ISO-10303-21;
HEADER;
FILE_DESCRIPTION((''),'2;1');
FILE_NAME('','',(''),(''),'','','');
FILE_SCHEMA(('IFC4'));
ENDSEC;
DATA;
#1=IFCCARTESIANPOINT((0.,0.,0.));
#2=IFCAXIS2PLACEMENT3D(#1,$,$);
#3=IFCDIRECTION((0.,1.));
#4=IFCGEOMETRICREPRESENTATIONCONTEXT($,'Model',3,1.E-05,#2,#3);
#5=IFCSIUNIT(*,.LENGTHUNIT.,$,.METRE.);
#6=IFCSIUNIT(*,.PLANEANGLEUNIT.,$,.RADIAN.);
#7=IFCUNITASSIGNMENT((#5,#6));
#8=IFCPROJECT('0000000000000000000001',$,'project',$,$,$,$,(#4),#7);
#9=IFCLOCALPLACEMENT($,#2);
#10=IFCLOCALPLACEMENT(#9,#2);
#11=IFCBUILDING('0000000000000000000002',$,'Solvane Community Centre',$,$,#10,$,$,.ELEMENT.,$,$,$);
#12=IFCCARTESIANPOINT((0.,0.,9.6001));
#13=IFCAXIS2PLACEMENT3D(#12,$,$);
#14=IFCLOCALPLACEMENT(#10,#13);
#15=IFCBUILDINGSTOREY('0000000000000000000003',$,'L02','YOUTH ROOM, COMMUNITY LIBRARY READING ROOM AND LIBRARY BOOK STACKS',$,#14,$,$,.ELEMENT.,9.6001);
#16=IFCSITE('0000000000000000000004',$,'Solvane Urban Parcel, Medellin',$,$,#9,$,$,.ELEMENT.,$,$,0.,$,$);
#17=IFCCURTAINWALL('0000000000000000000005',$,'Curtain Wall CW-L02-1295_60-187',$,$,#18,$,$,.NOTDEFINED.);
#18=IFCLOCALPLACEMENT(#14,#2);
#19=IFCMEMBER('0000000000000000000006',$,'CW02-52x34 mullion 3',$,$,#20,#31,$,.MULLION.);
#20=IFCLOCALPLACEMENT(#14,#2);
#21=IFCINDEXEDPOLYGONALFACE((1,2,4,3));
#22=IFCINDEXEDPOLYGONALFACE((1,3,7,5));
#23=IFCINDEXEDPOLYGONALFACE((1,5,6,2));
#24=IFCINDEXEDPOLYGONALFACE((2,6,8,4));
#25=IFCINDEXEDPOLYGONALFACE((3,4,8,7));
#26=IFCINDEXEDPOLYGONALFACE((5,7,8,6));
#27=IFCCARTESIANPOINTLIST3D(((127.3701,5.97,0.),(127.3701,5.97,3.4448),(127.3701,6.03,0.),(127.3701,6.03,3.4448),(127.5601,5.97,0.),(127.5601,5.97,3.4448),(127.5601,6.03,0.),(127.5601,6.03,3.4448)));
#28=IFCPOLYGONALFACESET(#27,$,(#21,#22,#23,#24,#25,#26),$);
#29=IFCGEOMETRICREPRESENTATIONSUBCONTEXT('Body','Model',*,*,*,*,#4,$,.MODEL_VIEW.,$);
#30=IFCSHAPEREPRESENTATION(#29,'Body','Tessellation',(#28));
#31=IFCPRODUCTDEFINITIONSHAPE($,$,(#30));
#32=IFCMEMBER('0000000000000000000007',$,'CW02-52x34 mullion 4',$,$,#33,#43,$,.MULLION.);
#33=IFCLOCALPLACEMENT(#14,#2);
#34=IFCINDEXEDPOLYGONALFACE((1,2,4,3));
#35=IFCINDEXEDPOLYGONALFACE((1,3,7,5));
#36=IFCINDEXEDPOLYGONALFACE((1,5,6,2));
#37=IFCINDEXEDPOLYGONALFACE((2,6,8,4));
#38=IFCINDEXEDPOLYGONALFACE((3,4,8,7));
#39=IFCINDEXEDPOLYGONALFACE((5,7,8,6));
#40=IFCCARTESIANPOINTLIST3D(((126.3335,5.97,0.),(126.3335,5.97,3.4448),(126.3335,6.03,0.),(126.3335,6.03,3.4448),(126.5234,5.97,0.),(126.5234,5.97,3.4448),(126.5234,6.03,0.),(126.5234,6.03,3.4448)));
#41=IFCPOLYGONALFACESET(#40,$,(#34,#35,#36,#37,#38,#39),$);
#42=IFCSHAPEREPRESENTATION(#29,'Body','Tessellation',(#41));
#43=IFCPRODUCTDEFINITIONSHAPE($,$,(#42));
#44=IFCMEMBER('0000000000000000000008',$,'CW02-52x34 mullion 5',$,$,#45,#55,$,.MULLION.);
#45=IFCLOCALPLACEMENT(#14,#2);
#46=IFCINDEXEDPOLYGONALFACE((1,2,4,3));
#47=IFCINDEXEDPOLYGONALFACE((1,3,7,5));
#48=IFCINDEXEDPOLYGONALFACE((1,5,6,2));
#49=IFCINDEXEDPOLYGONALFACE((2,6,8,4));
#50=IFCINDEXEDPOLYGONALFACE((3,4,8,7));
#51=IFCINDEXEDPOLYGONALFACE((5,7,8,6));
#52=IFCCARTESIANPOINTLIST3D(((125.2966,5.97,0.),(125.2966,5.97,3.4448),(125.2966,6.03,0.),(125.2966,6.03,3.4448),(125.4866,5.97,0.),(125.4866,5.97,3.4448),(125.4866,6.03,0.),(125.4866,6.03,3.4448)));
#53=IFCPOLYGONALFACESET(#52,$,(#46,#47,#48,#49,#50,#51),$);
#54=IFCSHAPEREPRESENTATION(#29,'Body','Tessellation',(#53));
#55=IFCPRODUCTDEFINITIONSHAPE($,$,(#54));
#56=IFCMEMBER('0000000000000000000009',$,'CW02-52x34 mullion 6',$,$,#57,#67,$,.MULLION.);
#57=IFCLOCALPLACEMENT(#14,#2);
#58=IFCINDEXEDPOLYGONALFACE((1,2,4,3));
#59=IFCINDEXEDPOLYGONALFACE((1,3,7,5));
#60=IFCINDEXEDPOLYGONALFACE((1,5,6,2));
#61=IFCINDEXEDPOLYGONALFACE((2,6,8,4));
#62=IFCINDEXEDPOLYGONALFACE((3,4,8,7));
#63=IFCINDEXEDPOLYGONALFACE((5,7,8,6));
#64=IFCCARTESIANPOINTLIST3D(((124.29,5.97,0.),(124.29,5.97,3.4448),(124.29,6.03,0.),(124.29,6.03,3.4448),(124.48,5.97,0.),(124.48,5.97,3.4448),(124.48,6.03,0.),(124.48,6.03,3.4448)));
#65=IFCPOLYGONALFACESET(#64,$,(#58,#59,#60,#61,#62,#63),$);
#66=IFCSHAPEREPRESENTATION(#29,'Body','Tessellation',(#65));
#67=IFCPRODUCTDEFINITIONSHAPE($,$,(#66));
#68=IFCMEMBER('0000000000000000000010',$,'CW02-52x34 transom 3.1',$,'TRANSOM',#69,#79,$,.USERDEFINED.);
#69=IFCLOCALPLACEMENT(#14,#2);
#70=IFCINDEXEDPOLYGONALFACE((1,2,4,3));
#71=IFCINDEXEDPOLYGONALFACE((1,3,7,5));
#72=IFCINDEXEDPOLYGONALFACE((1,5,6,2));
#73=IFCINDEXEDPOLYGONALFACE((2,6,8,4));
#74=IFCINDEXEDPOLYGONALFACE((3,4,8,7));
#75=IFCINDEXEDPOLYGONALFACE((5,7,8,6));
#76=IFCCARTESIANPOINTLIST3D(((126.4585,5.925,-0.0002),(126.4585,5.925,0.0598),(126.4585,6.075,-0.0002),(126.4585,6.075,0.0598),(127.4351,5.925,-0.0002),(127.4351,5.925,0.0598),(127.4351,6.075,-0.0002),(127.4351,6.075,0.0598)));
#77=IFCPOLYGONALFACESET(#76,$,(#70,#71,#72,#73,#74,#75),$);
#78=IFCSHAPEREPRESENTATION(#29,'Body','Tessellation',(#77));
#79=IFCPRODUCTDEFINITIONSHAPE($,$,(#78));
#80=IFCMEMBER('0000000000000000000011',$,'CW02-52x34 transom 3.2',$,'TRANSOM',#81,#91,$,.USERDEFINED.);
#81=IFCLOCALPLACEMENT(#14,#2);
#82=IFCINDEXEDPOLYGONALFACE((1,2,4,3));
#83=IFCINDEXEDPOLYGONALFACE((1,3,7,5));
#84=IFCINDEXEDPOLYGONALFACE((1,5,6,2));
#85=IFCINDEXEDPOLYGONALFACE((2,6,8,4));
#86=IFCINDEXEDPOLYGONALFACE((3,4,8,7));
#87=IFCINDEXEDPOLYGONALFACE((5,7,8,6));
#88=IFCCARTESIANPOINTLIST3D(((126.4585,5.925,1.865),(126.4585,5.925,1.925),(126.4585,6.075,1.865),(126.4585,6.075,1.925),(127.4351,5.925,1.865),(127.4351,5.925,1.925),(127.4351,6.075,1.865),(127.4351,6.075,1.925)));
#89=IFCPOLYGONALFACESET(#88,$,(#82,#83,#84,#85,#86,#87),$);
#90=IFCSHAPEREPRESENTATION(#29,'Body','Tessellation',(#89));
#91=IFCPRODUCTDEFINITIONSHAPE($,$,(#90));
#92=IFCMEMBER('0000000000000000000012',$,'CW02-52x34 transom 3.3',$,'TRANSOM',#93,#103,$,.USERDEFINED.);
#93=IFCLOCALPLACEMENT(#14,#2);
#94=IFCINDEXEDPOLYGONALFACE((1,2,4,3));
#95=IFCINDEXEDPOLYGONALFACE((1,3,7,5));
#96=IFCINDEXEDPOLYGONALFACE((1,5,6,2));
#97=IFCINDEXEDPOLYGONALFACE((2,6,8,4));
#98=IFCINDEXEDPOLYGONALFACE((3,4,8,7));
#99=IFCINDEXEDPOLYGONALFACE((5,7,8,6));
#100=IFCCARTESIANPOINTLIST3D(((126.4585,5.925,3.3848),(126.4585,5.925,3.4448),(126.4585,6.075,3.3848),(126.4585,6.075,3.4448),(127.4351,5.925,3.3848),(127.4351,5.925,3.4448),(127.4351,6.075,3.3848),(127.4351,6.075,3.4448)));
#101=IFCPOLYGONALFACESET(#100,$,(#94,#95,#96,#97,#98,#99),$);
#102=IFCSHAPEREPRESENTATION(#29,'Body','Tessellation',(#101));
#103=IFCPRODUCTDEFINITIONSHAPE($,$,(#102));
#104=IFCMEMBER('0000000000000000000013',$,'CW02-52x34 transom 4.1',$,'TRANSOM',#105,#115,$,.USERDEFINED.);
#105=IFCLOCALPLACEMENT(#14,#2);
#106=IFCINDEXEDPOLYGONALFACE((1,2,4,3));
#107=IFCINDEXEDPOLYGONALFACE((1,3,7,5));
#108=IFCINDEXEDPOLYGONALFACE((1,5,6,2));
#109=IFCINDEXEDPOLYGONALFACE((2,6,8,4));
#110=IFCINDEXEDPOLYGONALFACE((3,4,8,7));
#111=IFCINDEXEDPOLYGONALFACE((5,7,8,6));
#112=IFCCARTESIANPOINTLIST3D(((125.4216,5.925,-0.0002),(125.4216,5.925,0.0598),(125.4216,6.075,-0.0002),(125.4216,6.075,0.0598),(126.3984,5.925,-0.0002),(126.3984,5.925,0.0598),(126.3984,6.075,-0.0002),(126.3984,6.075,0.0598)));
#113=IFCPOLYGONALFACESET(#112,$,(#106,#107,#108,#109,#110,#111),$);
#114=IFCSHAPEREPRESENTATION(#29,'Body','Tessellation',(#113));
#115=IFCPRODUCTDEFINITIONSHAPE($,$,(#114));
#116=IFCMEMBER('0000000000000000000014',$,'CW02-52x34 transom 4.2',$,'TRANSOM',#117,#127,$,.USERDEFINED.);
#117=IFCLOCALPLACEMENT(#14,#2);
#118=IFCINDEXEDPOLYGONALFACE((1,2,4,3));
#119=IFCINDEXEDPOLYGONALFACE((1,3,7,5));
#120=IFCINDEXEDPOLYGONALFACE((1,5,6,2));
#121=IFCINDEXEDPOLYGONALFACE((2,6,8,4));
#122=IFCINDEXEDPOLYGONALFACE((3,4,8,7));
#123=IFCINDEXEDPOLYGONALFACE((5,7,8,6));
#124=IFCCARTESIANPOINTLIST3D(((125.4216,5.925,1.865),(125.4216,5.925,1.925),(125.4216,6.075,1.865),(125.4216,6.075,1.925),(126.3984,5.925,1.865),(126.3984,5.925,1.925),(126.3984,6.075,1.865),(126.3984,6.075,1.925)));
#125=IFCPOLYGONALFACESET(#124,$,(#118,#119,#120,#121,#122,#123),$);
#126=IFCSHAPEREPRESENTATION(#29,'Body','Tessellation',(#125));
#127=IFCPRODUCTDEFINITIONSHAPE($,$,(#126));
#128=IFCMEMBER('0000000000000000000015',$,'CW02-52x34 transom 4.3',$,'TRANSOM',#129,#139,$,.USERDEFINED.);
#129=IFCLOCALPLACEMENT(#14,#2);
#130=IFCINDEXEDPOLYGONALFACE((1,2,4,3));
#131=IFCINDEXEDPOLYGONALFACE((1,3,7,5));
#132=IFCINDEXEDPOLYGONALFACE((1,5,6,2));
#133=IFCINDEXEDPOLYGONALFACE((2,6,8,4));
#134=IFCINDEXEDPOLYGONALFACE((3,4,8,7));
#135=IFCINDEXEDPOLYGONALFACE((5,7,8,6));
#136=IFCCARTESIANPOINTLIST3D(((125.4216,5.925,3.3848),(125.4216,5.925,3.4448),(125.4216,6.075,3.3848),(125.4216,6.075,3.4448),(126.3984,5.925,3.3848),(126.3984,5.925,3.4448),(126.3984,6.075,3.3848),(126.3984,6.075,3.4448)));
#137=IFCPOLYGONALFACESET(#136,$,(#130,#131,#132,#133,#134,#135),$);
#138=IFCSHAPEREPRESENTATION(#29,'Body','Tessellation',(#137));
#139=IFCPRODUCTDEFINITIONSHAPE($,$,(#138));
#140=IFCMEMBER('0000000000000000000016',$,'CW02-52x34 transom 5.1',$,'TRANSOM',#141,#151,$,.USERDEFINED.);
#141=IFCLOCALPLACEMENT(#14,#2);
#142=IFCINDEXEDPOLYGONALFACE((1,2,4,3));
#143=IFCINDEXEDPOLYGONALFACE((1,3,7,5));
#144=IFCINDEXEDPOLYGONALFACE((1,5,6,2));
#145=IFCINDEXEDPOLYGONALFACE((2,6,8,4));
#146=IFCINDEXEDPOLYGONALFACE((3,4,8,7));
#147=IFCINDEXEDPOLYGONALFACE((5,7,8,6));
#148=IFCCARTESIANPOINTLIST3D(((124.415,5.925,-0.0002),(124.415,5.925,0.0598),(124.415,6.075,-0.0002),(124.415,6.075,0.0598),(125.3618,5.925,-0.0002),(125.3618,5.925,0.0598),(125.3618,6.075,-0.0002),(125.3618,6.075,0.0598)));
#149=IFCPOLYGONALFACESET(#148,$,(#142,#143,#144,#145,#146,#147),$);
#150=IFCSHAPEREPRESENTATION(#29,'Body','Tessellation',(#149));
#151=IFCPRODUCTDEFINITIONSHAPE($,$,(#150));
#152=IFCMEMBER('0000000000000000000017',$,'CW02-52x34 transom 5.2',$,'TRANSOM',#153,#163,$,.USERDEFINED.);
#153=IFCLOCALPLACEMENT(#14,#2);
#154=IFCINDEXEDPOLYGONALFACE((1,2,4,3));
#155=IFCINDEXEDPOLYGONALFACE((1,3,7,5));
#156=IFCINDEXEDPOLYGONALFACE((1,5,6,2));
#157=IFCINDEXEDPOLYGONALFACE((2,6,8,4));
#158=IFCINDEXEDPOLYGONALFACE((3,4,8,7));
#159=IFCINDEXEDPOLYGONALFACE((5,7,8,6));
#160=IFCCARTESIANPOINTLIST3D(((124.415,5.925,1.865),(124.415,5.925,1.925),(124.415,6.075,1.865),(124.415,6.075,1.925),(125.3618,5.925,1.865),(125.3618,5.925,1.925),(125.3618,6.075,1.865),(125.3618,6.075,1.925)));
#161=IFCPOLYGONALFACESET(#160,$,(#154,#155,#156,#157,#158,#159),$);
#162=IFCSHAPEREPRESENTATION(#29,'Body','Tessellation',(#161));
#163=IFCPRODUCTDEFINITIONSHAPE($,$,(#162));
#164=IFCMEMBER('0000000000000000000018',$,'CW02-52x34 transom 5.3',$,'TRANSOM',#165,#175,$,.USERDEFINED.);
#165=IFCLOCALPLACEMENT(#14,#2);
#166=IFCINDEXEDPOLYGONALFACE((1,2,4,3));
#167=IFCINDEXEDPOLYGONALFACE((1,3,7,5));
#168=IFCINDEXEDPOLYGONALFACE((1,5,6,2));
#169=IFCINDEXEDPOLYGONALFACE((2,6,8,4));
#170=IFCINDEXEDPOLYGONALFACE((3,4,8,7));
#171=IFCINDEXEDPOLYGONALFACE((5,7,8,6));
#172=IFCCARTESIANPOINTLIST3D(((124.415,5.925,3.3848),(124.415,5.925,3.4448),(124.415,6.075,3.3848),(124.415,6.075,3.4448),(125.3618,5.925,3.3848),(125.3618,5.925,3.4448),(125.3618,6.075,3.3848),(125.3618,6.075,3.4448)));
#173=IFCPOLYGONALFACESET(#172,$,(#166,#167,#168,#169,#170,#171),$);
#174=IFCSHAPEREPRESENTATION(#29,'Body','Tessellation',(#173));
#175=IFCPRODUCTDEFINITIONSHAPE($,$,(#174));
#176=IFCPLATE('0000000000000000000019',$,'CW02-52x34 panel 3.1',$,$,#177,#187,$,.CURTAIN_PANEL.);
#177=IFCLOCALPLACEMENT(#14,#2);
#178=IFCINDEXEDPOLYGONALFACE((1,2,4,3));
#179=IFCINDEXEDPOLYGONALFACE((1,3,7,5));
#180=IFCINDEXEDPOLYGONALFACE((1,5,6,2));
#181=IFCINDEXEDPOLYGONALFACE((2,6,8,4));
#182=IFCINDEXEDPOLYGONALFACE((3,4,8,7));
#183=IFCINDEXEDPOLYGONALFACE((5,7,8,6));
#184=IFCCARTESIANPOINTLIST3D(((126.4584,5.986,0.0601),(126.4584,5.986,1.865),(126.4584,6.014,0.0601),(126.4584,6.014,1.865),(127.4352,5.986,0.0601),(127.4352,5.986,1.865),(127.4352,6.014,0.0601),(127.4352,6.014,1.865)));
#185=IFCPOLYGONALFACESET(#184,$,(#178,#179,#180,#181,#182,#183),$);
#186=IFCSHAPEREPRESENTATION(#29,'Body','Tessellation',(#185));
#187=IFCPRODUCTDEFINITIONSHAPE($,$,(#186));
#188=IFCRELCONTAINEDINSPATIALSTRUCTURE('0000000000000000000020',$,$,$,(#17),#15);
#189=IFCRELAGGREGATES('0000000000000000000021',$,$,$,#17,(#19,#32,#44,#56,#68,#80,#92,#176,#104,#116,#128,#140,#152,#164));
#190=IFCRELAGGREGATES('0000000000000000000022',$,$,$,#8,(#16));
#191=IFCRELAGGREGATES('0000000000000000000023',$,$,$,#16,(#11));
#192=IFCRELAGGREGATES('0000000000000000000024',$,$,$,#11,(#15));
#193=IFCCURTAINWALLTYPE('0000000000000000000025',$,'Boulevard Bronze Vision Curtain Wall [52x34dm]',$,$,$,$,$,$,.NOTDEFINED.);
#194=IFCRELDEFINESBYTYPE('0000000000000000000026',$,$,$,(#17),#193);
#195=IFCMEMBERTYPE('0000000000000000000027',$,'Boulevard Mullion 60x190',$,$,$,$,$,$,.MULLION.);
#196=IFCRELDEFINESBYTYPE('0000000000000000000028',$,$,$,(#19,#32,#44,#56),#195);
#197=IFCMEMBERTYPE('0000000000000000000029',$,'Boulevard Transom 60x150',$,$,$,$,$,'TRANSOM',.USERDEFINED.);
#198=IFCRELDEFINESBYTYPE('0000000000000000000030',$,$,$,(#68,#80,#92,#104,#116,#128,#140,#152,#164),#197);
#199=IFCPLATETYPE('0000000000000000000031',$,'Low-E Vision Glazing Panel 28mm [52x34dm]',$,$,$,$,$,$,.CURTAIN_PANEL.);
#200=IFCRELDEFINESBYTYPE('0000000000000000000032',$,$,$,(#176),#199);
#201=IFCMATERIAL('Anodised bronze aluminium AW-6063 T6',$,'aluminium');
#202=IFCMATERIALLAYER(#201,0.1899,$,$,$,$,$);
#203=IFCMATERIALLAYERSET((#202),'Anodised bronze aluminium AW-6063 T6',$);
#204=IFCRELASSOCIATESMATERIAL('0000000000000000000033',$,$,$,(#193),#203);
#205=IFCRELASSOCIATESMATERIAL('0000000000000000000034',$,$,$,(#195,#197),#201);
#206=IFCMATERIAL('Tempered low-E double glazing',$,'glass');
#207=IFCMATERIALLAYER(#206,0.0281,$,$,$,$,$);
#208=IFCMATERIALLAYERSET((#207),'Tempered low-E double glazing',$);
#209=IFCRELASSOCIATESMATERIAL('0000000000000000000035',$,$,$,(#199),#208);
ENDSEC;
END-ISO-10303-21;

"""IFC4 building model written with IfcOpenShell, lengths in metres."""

from ifc_helpers import new_model, si_unit, direction, frame, origin, origin_2d, place, context, subcontext, project, spatial, rectangle, extrude, material, layer, layer_set, material_profile, profile_set, type_object, element, aggregate, save


model = new_model("IFC4")

# Units and contexts
model_context = context("Model", 3, precision=1e-05, world=origin(), true_north=direction((0.0, 1.0)))
body_context = subcontext(model_context, "Body", "Model", "MODEL_VIEW")
ifc_project = project(units=[si_unit("LENGTHUNIT", "METRE"), si_unit("PLANEANGLEUNIT", "RADIAN")], contexts=[model_context])

# Site, building, storey
site_placement = place(None, origin())
site = spatial("IfcSite", under=ifc_project, at=site_placement, Name="Solvane Urban Parcel, Medellin", CompositionType="ELEMENT", RefElevation=0.0)
building_placement = place(site_placement, origin())
building = spatial("IfcBuilding", under=site, at=building_placement, Name="Solvane Community Centre", CompositionType="ELEMENT")
storey_placement = place(building_placement, frame((0.0, 0.0, 9.6001)))
storey = spatial("IfcBuildingStorey", under=building, at=storey_placement, Name="L02", Description="YOUTH ROOM, COMMUNITY LIBRARY READING ROOM AND LIBRARY BOOK STACKS", CompositionType="ELEMENT", Elevation=9.6001)

# Curtain wall, members, plate
ifc_material_1 = material(Name="Anodised bronze aluminium AW-6063 T6", Category="aluminium")
ifc_layer_1 = layer(ifc_material_1, 0.1899)
ifc_layer_set_1 = layer_set([ifc_layer_1], Name="Anodised bronze aluminium AW-6063 T6")
curtain_wall_type = type_object("IfcCurtainWallType", Name="Boulevard Bronze Vision Curtain Wall [52x34dm]", PredefinedType="NOTDEFINED", material=ifc_layer_set_1)
curtain_wall_placement = place(storey_placement, origin())
curtain_wall = element("IfcCurtainWall", 1, at=curtain_wall_placement, inside=storey, type_object=curtain_wall_type, Name="Curtain Wall CW-L02-1295_60-187", PredefinedType="NOTDEFINED")
ifc_material_profile_1 = material_profile(ifc_material_1, rectangle(XDim=0.0601, YDim=0.1899, at=origin_2d()), Name="CW-M 60x190")
ifc_profile_set_1 = profile_set([ifc_material_profile_1], Name="Anodised bronze aluminium AW-6063 T6")
member_type_1 = type_object("IfcMemberType", Name="Boulevard Mullion 60x190", PredefinedType="MULLION", material=ifc_profile_set_1)
member_1_placement = place(storey_placement, frame((127.4651, 6.0, 0.0), z_axis=(0.0, 0.0, 1.0), x_axis=(0.0, -1.0, 0.0)))
member_1 = element("IfcMember", 2, at=member_1_placement, type_object=member_type_1, Name="CW02-52x34 mullion 3", PredefinedType="MULLION", context=body_context, shape_type="SweptSolid", body=[
    extrude(rectangle(XDim=0.0601, YDim=0.1899, at=origin_2d()), origin(), (0.0, 0.0, 1.0), 3.4448),
])
member_2_placement = place(storey_placement, frame((126.4285, 6.0, 0.0), z_axis=(0.0, 0.0, 1.0), x_axis=(0.0, -1.0, 0.0)))
member_2 = element("IfcMember", 3, at=member_2_placement, type_object=member_type_1, Name="CW02-52x34 mullion 4", PredefinedType="MULLION", context=body_context, shape_type="SweptSolid", body=[
    extrude(rectangle(XDim=0.0601, YDim=0.1899, at=origin_2d()), origin(), (0.0, 0.0, 1.0), 3.4448),
])
member_3_placement = place(storey_placement, frame((125.3916, 6.0, 0.0), z_axis=(0.0, 0.0, 1.0), x_axis=(0.0, -1.0, 0.0)))
member_3 = element("IfcMember", 4, at=member_3_placement, type_object=member_type_1, Name="CW02-52x34 mullion 5", PredefinedType="MULLION", context=body_context, shape_type="SweptSolid", body=[
    extrude(rectangle(XDim=0.0601, YDim=0.1899, at=origin_2d()), origin(), (0.0, 0.0, 1.0), 3.4448),
])
member_4_placement = place(storey_placement, frame((124.385, 6.0, 0.0), z_axis=(0.0, 0.0, 1.0), x_axis=(0.0, -1.0, 0.0)))
member_4 = element("IfcMember", 5, at=member_4_placement, type_object=member_type_1, Name="CW02-52x34 mullion 6", PredefinedType="MULLION", context=body_context, shape_type="SweptSolid", body=[
    extrude(rectangle(XDim=0.0601, YDim=0.1899, at=origin_2d()), origin(), (0.0, 0.0, 1.0), 3.4448),
])
ifc_material_profile_2 = material_profile(ifc_material_1, rectangle(XDim=0.1499, YDim=0.0601, at=origin_2d()), Name="CW-T 60x150")
ifc_profile_set_2 = profile_set([ifc_material_profile_2], Name="Anodised bronze aluminium AW-6063 T6")
member_type_2 = type_object("IfcMemberType", Name="Boulevard Transom 60x150", ElementType="TRANSOM", PredefinedType="USERDEFINED", material=ifc_profile_set_2)
member_5_placement = place(storey_placement, frame((127.4351, 6.0, 0.0298), z_axis=(-1.0, 0.0, 0.0), x_axis=(0.0, -1.0, 0.0)))
member_5 = element("IfcMember", 6, at=member_5_placement, type_object=member_type_2, Name="CW02-52x34 transom 3.1", ObjectType="TRANSOM", PredefinedType="USERDEFINED", context=body_context, shape_type="SweptSolid", body=[
    extrude(rectangle(XDim=0.1499, YDim=0.0601, at=origin_2d()), origin(), (0.0, 0.0, 1.0), 0.9766),
])
member_6_placement = place(storey_placement, frame((127.4351, 6.0, 1.895), z_axis=(-1.0, 0.0, 0.0), x_axis=(0.0, -1.0, 0.0)))
member_6 = element("IfcMember", 7, at=member_6_placement, type_object=member_type_2, Name="CW02-52x34 transom 3.2", ObjectType="TRANSOM", PredefinedType="USERDEFINED", context=body_context, shape_type="SweptSolid", body=[
    extrude(rectangle(XDim=0.1499, YDim=0.0601, at=origin_2d()), origin(), (0.0, 0.0, 1.0), 0.9766),
])
member_7_placement = place(storey_placement, frame((127.4351, 6.0, 3.4148), z_axis=(-1.0, 0.0, 0.0), x_axis=(0.0, -1.0, 0.0)))
member_7 = element("IfcMember", 8, at=member_7_placement, type_object=member_type_2, Name="CW02-52x34 transom 3.3", ObjectType="TRANSOM", PredefinedType="USERDEFINED", context=body_context, shape_type="SweptSolid", body=[
    extrude(rectangle(XDim=0.1499, YDim=0.0601, at=origin_2d()), origin(), (0.0, 0.0, 1.0), 0.9766),
])
member_8_placement = place(storey_placement, frame((126.3984, 6.0, 0.0298), z_axis=(-1.0, 0.0, 0.0), x_axis=(0.0, -1.0, 0.0)))
member_8 = element("IfcMember", 9, at=member_8_placement, type_object=member_type_2, Name="CW02-52x34 transom 4.1", ObjectType="TRANSOM", PredefinedType="USERDEFINED", context=body_context, shape_type="SweptSolid", body=[
    extrude(rectangle(XDim=0.1499, YDim=0.0601, at=origin_2d()), origin(), (0.0, 0.0, 1.0), 0.9768),
])
member_9_placement = place(storey_placement, frame((126.3984, 6.0, 1.895), z_axis=(-1.0, 0.0, 0.0), x_axis=(0.0, -1.0, 0.0)))
member_9 = element("IfcMember", 10, at=member_9_placement, type_object=member_type_2, Name="CW02-52x34 transom 4.2", ObjectType="TRANSOM", PredefinedType="USERDEFINED", context=body_context, shape_type="SweptSolid", body=[
    extrude(rectangle(XDim=0.1499, YDim=0.0601, at=origin_2d()), origin(), (0.0, 0.0, 1.0), 0.9768),
])
member_10_placement = place(storey_placement, frame((126.3984, 6.0, 3.4148), z_axis=(-1.0, 0.0, 0.0), x_axis=(0.0, -1.0, 0.0)))
member_10 = element("IfcMember", 11, at=member_10_placement, type_object=member_type_2, Name="CW02-52x34 transom 4.3", ObjectType="TRANSOM", PredefinedType="USERDEFINED", context=body_context, shape_type="SweptSolid", body=[
    extrude(rectangle(XDim=0.1499, YDim=0.0601, at=origin_2d()), origin(), (0.0, 0.0, 1.0), 0.9768),
])
member_11_placement = place(storey_placement, frame((125.3618, 6.0, 0.0298), z_axis=(-1.0, 0.0, 0.0), x_axis=(0.0, -1.0, 0.0)))
member_11 = element("IfcMember", 12, at=member_11_placement, type_object=member_type_2, Name="CW02-52x34 transom 5.1", ObjectType="TRANSOM", PredefinedType="USERDEFINED", context=body_context, shape_type="SweptSolid", body=[
    extrude(rectangle(XDim=0.1499, YDim=0.0601, at=origin_2d()), origin(), (0.0, 0.0, 1.0), 0.9468),
])
member_12_placement = place(storey_placement, frame((125.3618, 6.0, 1.895), z_axis=(-1.0, 0.0, 0.0), x_axis=(0.0, -1.0, 0.0)))
member_12 = element("IfcMember", 13, at=member_12_placement, type_object=member_type_2, Name="CW02-52x34 transom 5.2", ObjectType="TRANSOM", PredefinedType="USERDEFINED", context=body_context, shape_type="SweptSolid", body=[
    extrude(rectangle(XDim=0.1499, YDim=0.0601, at=origin_2d()), origin(), (0.0, 0.0, 1.0), 0.9468),
])
member_13_placement = place(storey_placement, frame((125.3618, 6.0, 3.4148), z_axis=(-1.0, 0.0, 0.0), x_axis=(0.0, -1.0, 0.0)))
member_13 = element("IfcMember", 14, at=member_13_placement, type_object=member_type_2, Name="CW02-52x34 transom 5.3", ObjectType="TRANSOM", PredefinedType="USERDEFINED", context=body_context, shape_type="SweptSolid", body=[
    extrude(rectangle(XDim=0.1499, YDim=0.0601, at=origin_2d()), origin(), (0.0, 0.0, 1.0), 0.9468),
])
ifc_material_2 = material(Name="Tempered low-E double glazing", Category="glass")
ifc_layer_2 = layer(ifc_material_2, 0.0281)
ifc_layer_set_2 = layer_set([ifc_layer_2], Name="Tempered low-E double glazing")
plate_type = type_object("IfcPlateType", Name="Low-E Vision Glazing Panel 28mm [52x34dm]", PredefinedType="CURTAIN_PANEL", material=ifc_layer_set_2)
plate_1_placement = place(storey_placement, frame((126.9468, 6.0, 0.0601), z_axis=(0.0, 0.0, 1.0), x_axis=(-1.0, 0.0, 0.0)))
plate_1 = element("IfcPlate", 15, at=plate_1_placement, type_object=plate_type, Name="CW02-52x34 panel 3.1", PredefinedType="CURTAIN_PANEL", context=body_context, shape_type="SweptSolid", body=[
    extrude(rectangle(XDim=0.9768, YDim=0.0281, at=origin_2d()), origin(), (0.0, 0.0, 1.0), 1.8049),
])
aggregate(curtain_wall, [member_1, member_2, member_3, member_4, member_5, member_6, member_7, plate_1, member_8, member_9, member_10, member_11, member_12, member_13])

save(model, "model.ifc")
